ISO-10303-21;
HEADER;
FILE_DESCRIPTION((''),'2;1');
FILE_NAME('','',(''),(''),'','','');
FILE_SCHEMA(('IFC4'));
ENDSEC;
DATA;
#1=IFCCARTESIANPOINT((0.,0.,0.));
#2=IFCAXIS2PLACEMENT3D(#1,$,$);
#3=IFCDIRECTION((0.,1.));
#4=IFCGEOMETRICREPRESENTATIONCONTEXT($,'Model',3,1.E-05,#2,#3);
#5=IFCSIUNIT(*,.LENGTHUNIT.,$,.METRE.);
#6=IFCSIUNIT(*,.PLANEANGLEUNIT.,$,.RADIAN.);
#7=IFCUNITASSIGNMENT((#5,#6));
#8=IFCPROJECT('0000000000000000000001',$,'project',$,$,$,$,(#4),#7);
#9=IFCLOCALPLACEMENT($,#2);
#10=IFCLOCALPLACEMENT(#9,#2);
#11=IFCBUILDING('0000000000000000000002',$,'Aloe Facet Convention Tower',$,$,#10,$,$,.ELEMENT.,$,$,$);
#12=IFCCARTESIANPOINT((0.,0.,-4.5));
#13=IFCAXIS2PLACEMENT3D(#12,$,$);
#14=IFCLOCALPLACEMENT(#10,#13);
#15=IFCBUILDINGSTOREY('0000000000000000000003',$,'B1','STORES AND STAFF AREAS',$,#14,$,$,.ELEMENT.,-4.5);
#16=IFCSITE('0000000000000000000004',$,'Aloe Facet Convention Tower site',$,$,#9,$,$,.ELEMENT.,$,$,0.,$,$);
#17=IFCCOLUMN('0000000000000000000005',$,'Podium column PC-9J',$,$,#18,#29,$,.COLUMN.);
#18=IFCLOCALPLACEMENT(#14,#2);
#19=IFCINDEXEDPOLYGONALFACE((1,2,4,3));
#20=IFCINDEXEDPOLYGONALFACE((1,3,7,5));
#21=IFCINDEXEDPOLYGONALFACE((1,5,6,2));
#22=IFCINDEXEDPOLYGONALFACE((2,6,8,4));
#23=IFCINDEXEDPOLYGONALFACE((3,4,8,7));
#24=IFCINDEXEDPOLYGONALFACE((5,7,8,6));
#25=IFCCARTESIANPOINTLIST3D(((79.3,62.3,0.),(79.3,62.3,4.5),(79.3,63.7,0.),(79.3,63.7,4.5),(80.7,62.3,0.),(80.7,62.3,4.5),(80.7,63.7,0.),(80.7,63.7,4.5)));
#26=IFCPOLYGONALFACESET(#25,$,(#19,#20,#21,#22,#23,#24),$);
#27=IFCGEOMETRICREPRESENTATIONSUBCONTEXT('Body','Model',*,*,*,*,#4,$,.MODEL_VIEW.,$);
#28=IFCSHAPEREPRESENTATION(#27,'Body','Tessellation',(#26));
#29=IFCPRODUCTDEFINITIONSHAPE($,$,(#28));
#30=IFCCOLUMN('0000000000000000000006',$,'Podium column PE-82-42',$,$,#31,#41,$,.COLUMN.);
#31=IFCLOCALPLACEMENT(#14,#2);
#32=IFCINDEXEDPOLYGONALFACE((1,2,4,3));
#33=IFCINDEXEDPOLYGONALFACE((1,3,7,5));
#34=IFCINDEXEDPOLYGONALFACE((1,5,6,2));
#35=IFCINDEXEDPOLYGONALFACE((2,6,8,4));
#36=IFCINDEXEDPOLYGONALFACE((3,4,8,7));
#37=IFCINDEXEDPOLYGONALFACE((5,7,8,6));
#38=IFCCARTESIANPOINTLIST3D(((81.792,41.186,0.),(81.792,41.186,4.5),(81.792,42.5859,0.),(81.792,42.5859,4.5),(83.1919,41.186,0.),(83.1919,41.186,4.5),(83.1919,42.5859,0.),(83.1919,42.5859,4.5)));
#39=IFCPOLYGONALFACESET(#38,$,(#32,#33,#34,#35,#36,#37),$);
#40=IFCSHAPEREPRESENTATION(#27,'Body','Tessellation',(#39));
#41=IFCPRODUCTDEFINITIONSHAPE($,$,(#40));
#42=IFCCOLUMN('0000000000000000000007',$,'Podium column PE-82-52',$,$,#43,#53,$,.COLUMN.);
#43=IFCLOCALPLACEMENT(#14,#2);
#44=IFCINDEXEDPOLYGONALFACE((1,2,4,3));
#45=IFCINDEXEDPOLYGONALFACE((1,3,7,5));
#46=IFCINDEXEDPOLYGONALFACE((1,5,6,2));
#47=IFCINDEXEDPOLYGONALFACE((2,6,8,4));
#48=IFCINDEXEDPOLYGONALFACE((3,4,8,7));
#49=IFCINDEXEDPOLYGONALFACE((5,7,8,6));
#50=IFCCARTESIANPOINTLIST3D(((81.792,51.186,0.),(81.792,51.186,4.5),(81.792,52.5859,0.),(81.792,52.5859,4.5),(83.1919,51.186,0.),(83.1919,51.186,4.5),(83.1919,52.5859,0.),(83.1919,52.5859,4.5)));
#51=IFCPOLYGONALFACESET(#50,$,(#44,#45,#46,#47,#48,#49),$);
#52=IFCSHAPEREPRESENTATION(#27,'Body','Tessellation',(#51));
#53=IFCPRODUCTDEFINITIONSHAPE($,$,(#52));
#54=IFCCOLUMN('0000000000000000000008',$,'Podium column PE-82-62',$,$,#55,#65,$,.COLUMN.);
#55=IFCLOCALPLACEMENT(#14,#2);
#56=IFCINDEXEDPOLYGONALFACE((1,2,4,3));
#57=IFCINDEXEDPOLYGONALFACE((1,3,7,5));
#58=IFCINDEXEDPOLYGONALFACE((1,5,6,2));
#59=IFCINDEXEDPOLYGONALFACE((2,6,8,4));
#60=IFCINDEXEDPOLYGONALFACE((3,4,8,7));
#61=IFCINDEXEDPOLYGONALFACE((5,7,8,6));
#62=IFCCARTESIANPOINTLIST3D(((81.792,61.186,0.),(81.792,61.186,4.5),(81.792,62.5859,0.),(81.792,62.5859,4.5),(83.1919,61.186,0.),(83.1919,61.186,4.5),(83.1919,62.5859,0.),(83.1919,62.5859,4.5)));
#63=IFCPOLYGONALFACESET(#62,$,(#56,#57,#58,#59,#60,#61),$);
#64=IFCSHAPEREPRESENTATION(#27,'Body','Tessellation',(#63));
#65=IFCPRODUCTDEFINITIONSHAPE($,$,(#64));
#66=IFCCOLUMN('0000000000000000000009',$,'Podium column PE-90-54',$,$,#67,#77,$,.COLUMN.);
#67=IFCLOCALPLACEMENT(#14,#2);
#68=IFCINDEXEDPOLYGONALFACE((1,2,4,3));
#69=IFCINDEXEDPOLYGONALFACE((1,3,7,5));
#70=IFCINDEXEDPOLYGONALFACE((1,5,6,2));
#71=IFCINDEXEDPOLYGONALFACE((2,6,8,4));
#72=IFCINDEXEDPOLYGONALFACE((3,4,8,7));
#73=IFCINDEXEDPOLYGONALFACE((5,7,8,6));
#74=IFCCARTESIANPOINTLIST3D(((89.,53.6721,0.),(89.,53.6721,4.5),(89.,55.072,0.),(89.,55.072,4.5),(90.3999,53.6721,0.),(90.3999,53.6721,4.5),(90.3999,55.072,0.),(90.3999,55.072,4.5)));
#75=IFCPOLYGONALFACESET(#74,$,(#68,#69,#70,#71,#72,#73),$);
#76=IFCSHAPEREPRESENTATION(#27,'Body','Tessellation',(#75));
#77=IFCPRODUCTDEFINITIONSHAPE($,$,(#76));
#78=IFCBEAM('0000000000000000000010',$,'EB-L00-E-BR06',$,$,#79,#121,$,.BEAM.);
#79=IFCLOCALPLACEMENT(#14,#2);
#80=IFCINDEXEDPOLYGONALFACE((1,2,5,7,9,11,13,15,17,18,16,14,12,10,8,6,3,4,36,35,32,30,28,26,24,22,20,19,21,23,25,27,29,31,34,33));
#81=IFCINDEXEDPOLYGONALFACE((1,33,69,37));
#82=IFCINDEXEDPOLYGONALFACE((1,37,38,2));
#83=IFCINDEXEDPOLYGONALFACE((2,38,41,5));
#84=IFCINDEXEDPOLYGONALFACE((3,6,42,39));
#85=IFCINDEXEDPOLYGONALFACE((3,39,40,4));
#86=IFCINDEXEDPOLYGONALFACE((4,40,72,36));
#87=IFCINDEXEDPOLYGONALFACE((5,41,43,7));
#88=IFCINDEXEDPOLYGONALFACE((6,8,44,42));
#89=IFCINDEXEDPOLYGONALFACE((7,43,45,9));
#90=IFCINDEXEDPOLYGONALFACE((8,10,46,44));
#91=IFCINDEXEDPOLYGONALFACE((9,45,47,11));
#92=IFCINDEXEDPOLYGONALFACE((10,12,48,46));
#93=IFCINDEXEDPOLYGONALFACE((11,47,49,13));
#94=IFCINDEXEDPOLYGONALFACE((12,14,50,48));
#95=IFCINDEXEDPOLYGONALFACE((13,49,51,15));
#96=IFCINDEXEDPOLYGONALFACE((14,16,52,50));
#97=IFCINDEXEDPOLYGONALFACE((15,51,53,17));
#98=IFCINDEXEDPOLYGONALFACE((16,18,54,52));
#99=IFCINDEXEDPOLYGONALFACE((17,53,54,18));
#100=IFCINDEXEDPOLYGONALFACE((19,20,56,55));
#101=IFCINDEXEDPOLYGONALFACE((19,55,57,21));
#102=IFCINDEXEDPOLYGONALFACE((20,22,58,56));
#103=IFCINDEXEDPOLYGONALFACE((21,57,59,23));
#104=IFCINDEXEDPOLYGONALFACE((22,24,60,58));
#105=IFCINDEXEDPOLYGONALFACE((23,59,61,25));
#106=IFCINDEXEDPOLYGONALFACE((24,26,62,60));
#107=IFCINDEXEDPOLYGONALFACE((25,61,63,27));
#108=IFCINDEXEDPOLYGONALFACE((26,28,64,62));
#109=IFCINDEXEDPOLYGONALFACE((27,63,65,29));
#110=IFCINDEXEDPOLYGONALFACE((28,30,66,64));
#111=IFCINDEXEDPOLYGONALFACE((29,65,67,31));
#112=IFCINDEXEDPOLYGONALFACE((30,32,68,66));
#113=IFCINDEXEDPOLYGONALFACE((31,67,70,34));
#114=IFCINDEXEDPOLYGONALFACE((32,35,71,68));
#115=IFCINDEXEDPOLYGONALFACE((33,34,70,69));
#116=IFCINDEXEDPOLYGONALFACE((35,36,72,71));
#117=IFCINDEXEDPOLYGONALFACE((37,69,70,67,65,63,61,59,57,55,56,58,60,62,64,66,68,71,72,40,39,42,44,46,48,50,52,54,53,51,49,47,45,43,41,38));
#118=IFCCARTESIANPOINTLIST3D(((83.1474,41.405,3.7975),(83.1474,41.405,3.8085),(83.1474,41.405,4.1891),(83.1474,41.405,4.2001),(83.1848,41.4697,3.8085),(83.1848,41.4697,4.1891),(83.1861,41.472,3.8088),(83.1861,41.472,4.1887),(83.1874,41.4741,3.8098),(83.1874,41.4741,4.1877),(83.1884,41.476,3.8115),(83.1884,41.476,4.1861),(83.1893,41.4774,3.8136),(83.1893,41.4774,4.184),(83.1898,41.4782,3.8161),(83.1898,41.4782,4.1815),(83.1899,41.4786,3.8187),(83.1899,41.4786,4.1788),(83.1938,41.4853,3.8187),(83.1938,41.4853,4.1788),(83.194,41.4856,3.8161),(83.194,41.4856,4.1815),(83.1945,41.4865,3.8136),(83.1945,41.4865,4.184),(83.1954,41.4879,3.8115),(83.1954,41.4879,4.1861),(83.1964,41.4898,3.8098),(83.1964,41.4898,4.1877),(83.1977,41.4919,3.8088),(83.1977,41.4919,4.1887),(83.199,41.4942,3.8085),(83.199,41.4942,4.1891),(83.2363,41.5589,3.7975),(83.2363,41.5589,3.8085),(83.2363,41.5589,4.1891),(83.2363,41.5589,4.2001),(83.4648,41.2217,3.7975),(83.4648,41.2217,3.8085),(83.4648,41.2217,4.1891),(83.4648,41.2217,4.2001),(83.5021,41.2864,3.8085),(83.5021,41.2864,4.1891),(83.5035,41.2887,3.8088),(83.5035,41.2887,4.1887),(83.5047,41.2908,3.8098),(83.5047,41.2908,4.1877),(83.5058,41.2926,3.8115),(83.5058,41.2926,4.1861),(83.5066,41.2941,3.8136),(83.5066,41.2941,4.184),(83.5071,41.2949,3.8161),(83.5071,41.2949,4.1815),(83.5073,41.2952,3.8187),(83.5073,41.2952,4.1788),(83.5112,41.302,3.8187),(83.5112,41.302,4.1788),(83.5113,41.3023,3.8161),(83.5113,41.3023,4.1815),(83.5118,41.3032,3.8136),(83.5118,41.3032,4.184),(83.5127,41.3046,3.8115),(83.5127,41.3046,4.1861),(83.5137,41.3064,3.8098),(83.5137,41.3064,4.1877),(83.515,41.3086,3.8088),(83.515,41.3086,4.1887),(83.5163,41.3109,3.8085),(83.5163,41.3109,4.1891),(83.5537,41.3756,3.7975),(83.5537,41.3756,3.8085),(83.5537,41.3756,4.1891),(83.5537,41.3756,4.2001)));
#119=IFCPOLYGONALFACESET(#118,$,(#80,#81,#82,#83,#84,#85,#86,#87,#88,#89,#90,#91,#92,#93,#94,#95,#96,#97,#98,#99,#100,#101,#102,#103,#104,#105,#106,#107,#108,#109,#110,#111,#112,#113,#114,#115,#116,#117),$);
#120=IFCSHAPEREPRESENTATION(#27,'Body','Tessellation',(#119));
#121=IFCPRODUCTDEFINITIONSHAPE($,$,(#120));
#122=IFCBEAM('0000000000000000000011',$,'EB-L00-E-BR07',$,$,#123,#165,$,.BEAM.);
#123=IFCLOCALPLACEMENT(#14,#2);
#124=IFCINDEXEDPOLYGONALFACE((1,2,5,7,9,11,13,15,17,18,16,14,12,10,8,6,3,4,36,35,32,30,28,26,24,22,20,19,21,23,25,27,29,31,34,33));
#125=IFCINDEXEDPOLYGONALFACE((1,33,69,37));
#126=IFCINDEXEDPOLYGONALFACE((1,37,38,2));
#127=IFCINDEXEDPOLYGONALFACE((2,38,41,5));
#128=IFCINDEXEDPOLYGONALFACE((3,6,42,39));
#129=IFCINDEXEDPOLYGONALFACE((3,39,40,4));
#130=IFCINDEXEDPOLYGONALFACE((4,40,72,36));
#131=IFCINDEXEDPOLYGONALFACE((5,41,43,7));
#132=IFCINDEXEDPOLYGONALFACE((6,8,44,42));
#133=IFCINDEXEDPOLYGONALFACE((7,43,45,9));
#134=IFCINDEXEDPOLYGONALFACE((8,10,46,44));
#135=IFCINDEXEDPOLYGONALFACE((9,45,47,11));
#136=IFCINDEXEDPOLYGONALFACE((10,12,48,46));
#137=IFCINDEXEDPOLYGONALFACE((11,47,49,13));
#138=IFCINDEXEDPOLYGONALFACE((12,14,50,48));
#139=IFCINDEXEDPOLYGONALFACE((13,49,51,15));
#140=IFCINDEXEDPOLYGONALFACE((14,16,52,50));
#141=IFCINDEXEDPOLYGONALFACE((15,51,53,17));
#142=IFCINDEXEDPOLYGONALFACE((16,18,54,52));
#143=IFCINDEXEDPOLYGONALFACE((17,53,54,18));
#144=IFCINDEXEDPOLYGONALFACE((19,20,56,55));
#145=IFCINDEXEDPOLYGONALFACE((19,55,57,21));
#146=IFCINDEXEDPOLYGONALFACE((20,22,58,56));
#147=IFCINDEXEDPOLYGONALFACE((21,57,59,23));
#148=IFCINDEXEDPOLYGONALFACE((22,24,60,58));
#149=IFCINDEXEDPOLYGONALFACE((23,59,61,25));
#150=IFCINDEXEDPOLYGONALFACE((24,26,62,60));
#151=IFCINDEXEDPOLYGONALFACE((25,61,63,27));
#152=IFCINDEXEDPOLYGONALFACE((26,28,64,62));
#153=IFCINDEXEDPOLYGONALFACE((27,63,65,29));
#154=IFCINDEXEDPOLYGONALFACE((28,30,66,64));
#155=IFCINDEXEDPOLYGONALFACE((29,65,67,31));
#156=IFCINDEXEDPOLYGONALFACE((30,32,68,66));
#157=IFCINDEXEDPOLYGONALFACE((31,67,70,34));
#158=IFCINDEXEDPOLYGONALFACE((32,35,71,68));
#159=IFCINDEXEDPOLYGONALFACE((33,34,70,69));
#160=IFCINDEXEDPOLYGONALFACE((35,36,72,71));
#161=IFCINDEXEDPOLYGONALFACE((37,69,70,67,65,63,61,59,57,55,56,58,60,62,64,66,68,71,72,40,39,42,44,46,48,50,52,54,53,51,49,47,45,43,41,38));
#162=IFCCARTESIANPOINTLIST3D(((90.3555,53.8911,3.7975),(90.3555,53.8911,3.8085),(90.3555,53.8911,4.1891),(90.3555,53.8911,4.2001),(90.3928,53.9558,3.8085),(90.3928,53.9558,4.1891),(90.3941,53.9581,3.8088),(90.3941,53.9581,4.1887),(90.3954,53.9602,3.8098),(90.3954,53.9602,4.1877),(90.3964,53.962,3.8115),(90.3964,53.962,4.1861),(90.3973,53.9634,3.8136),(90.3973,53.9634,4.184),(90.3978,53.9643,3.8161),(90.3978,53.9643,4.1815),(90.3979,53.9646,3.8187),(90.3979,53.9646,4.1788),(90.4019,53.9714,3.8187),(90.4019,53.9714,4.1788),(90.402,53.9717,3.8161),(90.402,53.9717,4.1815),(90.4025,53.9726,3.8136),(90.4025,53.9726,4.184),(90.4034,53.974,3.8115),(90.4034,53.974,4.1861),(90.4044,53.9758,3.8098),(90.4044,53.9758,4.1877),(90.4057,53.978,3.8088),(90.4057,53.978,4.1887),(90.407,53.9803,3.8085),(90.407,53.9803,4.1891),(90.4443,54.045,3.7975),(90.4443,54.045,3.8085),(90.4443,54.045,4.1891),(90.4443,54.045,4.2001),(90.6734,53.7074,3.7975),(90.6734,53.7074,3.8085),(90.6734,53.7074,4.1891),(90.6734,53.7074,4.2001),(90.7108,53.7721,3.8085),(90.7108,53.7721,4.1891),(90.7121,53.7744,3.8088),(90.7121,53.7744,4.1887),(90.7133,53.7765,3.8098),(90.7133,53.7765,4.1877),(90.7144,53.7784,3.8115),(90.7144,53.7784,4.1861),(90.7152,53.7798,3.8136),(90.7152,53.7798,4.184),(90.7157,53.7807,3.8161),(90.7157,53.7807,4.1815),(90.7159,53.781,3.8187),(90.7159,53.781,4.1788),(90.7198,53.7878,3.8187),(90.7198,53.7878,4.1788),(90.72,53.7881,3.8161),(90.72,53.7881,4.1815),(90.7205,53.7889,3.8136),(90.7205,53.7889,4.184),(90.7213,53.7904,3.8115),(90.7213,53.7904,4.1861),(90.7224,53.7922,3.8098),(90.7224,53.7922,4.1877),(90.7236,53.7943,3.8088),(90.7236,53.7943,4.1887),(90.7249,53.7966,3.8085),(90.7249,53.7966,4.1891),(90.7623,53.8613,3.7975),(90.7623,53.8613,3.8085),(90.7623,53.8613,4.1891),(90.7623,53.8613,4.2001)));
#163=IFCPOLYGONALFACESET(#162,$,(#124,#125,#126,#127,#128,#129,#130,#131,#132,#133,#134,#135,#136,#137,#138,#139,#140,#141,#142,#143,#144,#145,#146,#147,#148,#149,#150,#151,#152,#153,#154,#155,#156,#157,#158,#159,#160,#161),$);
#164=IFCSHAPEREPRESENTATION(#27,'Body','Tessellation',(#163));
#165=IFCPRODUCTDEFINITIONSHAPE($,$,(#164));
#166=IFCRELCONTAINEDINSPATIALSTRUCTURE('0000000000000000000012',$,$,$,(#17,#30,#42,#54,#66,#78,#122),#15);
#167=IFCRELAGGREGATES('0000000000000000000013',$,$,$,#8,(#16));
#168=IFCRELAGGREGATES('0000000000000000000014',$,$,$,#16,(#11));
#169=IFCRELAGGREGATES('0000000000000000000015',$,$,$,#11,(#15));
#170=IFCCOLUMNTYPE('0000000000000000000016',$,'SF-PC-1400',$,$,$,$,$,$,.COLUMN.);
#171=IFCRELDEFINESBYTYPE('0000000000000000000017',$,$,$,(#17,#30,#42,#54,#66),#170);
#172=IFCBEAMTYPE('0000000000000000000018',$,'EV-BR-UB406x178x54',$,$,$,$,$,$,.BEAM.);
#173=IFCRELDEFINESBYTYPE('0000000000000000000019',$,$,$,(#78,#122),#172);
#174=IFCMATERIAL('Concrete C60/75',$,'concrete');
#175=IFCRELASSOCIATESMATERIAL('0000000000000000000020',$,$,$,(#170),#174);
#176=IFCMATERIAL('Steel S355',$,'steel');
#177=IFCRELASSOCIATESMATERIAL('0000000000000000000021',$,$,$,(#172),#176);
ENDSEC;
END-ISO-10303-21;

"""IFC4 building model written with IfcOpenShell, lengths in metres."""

from ifc_helpers import new_model, si_unit, direction, frame, origin, origin_2d, place, context, subcontext, project, spatial, rectangle, i_section, extrude, material, material_profile, profile_set, type_object, element, save


model = new_model("IFC4")

# Units and contexts
model_context = context("Model", 3, precision=1e-05, world=origin(), true_north=direction((0.0, 1.0)))
body_context = subcontext(model_context, "Body", "Model", "MODEL_VIEW")
ifc_project = project(units=[si_unit("LENGTHUNIT", "METRE"), si_unit("PLANEANGLEUNIT", "RADIAN")], contexts=[model_context])

# Site, building, storey
site_placement = place(None, origin())
site = spatial("IfcSite", under=ifc_project, at=site_placement, Name="Aloe Facet Convention Tower site", CompositionType="ELEMENT", RefElevation=0.0)
building_placement = place(site_placement, origin())
building = spatial("IfcBuilding", under=site, at=building_placement, Name="Aloe Facet Convention Tower", CompositionType="ELEMENT")
storey_placement = place(building_placement, frame((0.0, 0.0, -4.5)))
storey = spatial("IfcBuildingStorey", under=building, at=storey_placement, Name="B1", Description="STORES AND STAFF AREAS", CompositionType="ELEMENT", Elevation=-4.5)

# Columns
ifc_material_1 = material(Name="Concrete C60/75", Category="concrete")
ifc_material_profile_1 = material_profile(ifc_material_1, rectangle(XDim=1.3999, YDim=1.3999, at=origin_2d()), Name="SF-PC-1400")
ifc_profile_set_1 = profile_set([ifc_material_profile_1], Name="Concrete C60/75")
column_type = type_object("IfcColumnType", Name="SF-PC-1400", PredefinedType="COLUMN", material=ifc_profile_set_1)
for number, where, z_axis, x_axis, name in (
    (1, (80.0, 63.0, 0.0), (0.0, 0.0, 1.0), (1.0, 0.0, 0.0), "Podium column PC-9J"),
    (2, (82.4919, 41.886, 0.0), (0.0, 0.0, 1.0), (1.0, 0.0, 0.0), "Podium column PE-82-42"),
    (3, (82.4919, 51.886, 0.0), (0.0, 0.0, 1.0), (1.0, 0.0, 0.0), "Podium column PE-82-52"),
    (4, (82.4919, 61.886, 0.0), (0.0, 0.0, 1.0), (1.0, 0.0, 0.0), "Podium column PE-82-62"),
    (5, (89.7, 54.3721, 0.0), (0.0, 0.0, 1.0), (1.0, 0.0, 0.0), "Podium column PE-90-54"),
):
    element("IfcColumn", number, at=place(storey_placement, frame(where, z_axis=z_axis, x_axis=x_axis)), inside=storey, type_object=column_type, Name=name, PredefinedType="COLUMN", context=body_context, shape_type="SweptSolid", body=[
        extrude(rectangle(XDim=1.3999, YDim=1.3999, at=origin_2d()), origin(), (0.0, 0.0, 1.0), 4.5),
    ])

# Beams
ifc_material_2 = material(Name="Steel S355", Category="steel")
ifc_material_profile_2 = material_profile(ifc_material_2, i_section(OverallWidth=0.1777, OverallDepth=0.4026, WebThickness=0.0078, FlangeThickness=0.011, FilletRadius=0.0103, at=origin_2d()), Name="UB 406x178x54")
ifc_profile_set_2 = profile_set([ifc_material_profile_2], Name="Steel S355")
beam_type_1 = type_object("IfcBeamType", Name="EV-BR-UB406x178x54", PredefinedType="BEAM", material=ifc_profile_set_2)
beam_1_placement = place(storey_placement, frame((83.1919, 41.4819, 3.9988), z_axis=(0.865897, -0.500222, 0.0), x_axis=(0.500222, 0.865897, 0.0)))
element("IfcBeam", 6, at=beam_1_placement, inside=storey, type_object=beam_type_1, Name="EB-L00-E-BR06", PredefinedType="BEAM", context=body_context, shape_type="SweptSolid", body=[
    extrude(i_section(OverallWidth=0.1777, OverallDepth=0.4026, WebThickness=0.0078, FlangeThickness=0.011, FilletRadius=0.0103, at=origin_2d()), origin(), (0.0, 0.0, 1.0), 0.3665),
])
beam_2_placement = place(storey_placement, frame((90.3999, 53.968, 3.9988), z_axis=(0.865942, -0.500145, 0.0), x_axis=(0.500145, 0.865942, 0.0)))
element("IfcBeam", 7, at=beam_2_placement, inside=storey, type_object=beam_type_1, Name="EB-L00-E-BR07", PredefinedType="BEAM", context=body_context, shape_type="SweptSolid", body=[
    extrude(i_section(OverallWidth=0.1777, OverallDepth=0.4026, WebThickness=0.0078, FlangeThickness=0.011, FilletRadius=0.0103, at=origin_2d()), origin(), (0.0, 0.0, 1.0), 0.3672),
])

save(model, "model.ifc")
